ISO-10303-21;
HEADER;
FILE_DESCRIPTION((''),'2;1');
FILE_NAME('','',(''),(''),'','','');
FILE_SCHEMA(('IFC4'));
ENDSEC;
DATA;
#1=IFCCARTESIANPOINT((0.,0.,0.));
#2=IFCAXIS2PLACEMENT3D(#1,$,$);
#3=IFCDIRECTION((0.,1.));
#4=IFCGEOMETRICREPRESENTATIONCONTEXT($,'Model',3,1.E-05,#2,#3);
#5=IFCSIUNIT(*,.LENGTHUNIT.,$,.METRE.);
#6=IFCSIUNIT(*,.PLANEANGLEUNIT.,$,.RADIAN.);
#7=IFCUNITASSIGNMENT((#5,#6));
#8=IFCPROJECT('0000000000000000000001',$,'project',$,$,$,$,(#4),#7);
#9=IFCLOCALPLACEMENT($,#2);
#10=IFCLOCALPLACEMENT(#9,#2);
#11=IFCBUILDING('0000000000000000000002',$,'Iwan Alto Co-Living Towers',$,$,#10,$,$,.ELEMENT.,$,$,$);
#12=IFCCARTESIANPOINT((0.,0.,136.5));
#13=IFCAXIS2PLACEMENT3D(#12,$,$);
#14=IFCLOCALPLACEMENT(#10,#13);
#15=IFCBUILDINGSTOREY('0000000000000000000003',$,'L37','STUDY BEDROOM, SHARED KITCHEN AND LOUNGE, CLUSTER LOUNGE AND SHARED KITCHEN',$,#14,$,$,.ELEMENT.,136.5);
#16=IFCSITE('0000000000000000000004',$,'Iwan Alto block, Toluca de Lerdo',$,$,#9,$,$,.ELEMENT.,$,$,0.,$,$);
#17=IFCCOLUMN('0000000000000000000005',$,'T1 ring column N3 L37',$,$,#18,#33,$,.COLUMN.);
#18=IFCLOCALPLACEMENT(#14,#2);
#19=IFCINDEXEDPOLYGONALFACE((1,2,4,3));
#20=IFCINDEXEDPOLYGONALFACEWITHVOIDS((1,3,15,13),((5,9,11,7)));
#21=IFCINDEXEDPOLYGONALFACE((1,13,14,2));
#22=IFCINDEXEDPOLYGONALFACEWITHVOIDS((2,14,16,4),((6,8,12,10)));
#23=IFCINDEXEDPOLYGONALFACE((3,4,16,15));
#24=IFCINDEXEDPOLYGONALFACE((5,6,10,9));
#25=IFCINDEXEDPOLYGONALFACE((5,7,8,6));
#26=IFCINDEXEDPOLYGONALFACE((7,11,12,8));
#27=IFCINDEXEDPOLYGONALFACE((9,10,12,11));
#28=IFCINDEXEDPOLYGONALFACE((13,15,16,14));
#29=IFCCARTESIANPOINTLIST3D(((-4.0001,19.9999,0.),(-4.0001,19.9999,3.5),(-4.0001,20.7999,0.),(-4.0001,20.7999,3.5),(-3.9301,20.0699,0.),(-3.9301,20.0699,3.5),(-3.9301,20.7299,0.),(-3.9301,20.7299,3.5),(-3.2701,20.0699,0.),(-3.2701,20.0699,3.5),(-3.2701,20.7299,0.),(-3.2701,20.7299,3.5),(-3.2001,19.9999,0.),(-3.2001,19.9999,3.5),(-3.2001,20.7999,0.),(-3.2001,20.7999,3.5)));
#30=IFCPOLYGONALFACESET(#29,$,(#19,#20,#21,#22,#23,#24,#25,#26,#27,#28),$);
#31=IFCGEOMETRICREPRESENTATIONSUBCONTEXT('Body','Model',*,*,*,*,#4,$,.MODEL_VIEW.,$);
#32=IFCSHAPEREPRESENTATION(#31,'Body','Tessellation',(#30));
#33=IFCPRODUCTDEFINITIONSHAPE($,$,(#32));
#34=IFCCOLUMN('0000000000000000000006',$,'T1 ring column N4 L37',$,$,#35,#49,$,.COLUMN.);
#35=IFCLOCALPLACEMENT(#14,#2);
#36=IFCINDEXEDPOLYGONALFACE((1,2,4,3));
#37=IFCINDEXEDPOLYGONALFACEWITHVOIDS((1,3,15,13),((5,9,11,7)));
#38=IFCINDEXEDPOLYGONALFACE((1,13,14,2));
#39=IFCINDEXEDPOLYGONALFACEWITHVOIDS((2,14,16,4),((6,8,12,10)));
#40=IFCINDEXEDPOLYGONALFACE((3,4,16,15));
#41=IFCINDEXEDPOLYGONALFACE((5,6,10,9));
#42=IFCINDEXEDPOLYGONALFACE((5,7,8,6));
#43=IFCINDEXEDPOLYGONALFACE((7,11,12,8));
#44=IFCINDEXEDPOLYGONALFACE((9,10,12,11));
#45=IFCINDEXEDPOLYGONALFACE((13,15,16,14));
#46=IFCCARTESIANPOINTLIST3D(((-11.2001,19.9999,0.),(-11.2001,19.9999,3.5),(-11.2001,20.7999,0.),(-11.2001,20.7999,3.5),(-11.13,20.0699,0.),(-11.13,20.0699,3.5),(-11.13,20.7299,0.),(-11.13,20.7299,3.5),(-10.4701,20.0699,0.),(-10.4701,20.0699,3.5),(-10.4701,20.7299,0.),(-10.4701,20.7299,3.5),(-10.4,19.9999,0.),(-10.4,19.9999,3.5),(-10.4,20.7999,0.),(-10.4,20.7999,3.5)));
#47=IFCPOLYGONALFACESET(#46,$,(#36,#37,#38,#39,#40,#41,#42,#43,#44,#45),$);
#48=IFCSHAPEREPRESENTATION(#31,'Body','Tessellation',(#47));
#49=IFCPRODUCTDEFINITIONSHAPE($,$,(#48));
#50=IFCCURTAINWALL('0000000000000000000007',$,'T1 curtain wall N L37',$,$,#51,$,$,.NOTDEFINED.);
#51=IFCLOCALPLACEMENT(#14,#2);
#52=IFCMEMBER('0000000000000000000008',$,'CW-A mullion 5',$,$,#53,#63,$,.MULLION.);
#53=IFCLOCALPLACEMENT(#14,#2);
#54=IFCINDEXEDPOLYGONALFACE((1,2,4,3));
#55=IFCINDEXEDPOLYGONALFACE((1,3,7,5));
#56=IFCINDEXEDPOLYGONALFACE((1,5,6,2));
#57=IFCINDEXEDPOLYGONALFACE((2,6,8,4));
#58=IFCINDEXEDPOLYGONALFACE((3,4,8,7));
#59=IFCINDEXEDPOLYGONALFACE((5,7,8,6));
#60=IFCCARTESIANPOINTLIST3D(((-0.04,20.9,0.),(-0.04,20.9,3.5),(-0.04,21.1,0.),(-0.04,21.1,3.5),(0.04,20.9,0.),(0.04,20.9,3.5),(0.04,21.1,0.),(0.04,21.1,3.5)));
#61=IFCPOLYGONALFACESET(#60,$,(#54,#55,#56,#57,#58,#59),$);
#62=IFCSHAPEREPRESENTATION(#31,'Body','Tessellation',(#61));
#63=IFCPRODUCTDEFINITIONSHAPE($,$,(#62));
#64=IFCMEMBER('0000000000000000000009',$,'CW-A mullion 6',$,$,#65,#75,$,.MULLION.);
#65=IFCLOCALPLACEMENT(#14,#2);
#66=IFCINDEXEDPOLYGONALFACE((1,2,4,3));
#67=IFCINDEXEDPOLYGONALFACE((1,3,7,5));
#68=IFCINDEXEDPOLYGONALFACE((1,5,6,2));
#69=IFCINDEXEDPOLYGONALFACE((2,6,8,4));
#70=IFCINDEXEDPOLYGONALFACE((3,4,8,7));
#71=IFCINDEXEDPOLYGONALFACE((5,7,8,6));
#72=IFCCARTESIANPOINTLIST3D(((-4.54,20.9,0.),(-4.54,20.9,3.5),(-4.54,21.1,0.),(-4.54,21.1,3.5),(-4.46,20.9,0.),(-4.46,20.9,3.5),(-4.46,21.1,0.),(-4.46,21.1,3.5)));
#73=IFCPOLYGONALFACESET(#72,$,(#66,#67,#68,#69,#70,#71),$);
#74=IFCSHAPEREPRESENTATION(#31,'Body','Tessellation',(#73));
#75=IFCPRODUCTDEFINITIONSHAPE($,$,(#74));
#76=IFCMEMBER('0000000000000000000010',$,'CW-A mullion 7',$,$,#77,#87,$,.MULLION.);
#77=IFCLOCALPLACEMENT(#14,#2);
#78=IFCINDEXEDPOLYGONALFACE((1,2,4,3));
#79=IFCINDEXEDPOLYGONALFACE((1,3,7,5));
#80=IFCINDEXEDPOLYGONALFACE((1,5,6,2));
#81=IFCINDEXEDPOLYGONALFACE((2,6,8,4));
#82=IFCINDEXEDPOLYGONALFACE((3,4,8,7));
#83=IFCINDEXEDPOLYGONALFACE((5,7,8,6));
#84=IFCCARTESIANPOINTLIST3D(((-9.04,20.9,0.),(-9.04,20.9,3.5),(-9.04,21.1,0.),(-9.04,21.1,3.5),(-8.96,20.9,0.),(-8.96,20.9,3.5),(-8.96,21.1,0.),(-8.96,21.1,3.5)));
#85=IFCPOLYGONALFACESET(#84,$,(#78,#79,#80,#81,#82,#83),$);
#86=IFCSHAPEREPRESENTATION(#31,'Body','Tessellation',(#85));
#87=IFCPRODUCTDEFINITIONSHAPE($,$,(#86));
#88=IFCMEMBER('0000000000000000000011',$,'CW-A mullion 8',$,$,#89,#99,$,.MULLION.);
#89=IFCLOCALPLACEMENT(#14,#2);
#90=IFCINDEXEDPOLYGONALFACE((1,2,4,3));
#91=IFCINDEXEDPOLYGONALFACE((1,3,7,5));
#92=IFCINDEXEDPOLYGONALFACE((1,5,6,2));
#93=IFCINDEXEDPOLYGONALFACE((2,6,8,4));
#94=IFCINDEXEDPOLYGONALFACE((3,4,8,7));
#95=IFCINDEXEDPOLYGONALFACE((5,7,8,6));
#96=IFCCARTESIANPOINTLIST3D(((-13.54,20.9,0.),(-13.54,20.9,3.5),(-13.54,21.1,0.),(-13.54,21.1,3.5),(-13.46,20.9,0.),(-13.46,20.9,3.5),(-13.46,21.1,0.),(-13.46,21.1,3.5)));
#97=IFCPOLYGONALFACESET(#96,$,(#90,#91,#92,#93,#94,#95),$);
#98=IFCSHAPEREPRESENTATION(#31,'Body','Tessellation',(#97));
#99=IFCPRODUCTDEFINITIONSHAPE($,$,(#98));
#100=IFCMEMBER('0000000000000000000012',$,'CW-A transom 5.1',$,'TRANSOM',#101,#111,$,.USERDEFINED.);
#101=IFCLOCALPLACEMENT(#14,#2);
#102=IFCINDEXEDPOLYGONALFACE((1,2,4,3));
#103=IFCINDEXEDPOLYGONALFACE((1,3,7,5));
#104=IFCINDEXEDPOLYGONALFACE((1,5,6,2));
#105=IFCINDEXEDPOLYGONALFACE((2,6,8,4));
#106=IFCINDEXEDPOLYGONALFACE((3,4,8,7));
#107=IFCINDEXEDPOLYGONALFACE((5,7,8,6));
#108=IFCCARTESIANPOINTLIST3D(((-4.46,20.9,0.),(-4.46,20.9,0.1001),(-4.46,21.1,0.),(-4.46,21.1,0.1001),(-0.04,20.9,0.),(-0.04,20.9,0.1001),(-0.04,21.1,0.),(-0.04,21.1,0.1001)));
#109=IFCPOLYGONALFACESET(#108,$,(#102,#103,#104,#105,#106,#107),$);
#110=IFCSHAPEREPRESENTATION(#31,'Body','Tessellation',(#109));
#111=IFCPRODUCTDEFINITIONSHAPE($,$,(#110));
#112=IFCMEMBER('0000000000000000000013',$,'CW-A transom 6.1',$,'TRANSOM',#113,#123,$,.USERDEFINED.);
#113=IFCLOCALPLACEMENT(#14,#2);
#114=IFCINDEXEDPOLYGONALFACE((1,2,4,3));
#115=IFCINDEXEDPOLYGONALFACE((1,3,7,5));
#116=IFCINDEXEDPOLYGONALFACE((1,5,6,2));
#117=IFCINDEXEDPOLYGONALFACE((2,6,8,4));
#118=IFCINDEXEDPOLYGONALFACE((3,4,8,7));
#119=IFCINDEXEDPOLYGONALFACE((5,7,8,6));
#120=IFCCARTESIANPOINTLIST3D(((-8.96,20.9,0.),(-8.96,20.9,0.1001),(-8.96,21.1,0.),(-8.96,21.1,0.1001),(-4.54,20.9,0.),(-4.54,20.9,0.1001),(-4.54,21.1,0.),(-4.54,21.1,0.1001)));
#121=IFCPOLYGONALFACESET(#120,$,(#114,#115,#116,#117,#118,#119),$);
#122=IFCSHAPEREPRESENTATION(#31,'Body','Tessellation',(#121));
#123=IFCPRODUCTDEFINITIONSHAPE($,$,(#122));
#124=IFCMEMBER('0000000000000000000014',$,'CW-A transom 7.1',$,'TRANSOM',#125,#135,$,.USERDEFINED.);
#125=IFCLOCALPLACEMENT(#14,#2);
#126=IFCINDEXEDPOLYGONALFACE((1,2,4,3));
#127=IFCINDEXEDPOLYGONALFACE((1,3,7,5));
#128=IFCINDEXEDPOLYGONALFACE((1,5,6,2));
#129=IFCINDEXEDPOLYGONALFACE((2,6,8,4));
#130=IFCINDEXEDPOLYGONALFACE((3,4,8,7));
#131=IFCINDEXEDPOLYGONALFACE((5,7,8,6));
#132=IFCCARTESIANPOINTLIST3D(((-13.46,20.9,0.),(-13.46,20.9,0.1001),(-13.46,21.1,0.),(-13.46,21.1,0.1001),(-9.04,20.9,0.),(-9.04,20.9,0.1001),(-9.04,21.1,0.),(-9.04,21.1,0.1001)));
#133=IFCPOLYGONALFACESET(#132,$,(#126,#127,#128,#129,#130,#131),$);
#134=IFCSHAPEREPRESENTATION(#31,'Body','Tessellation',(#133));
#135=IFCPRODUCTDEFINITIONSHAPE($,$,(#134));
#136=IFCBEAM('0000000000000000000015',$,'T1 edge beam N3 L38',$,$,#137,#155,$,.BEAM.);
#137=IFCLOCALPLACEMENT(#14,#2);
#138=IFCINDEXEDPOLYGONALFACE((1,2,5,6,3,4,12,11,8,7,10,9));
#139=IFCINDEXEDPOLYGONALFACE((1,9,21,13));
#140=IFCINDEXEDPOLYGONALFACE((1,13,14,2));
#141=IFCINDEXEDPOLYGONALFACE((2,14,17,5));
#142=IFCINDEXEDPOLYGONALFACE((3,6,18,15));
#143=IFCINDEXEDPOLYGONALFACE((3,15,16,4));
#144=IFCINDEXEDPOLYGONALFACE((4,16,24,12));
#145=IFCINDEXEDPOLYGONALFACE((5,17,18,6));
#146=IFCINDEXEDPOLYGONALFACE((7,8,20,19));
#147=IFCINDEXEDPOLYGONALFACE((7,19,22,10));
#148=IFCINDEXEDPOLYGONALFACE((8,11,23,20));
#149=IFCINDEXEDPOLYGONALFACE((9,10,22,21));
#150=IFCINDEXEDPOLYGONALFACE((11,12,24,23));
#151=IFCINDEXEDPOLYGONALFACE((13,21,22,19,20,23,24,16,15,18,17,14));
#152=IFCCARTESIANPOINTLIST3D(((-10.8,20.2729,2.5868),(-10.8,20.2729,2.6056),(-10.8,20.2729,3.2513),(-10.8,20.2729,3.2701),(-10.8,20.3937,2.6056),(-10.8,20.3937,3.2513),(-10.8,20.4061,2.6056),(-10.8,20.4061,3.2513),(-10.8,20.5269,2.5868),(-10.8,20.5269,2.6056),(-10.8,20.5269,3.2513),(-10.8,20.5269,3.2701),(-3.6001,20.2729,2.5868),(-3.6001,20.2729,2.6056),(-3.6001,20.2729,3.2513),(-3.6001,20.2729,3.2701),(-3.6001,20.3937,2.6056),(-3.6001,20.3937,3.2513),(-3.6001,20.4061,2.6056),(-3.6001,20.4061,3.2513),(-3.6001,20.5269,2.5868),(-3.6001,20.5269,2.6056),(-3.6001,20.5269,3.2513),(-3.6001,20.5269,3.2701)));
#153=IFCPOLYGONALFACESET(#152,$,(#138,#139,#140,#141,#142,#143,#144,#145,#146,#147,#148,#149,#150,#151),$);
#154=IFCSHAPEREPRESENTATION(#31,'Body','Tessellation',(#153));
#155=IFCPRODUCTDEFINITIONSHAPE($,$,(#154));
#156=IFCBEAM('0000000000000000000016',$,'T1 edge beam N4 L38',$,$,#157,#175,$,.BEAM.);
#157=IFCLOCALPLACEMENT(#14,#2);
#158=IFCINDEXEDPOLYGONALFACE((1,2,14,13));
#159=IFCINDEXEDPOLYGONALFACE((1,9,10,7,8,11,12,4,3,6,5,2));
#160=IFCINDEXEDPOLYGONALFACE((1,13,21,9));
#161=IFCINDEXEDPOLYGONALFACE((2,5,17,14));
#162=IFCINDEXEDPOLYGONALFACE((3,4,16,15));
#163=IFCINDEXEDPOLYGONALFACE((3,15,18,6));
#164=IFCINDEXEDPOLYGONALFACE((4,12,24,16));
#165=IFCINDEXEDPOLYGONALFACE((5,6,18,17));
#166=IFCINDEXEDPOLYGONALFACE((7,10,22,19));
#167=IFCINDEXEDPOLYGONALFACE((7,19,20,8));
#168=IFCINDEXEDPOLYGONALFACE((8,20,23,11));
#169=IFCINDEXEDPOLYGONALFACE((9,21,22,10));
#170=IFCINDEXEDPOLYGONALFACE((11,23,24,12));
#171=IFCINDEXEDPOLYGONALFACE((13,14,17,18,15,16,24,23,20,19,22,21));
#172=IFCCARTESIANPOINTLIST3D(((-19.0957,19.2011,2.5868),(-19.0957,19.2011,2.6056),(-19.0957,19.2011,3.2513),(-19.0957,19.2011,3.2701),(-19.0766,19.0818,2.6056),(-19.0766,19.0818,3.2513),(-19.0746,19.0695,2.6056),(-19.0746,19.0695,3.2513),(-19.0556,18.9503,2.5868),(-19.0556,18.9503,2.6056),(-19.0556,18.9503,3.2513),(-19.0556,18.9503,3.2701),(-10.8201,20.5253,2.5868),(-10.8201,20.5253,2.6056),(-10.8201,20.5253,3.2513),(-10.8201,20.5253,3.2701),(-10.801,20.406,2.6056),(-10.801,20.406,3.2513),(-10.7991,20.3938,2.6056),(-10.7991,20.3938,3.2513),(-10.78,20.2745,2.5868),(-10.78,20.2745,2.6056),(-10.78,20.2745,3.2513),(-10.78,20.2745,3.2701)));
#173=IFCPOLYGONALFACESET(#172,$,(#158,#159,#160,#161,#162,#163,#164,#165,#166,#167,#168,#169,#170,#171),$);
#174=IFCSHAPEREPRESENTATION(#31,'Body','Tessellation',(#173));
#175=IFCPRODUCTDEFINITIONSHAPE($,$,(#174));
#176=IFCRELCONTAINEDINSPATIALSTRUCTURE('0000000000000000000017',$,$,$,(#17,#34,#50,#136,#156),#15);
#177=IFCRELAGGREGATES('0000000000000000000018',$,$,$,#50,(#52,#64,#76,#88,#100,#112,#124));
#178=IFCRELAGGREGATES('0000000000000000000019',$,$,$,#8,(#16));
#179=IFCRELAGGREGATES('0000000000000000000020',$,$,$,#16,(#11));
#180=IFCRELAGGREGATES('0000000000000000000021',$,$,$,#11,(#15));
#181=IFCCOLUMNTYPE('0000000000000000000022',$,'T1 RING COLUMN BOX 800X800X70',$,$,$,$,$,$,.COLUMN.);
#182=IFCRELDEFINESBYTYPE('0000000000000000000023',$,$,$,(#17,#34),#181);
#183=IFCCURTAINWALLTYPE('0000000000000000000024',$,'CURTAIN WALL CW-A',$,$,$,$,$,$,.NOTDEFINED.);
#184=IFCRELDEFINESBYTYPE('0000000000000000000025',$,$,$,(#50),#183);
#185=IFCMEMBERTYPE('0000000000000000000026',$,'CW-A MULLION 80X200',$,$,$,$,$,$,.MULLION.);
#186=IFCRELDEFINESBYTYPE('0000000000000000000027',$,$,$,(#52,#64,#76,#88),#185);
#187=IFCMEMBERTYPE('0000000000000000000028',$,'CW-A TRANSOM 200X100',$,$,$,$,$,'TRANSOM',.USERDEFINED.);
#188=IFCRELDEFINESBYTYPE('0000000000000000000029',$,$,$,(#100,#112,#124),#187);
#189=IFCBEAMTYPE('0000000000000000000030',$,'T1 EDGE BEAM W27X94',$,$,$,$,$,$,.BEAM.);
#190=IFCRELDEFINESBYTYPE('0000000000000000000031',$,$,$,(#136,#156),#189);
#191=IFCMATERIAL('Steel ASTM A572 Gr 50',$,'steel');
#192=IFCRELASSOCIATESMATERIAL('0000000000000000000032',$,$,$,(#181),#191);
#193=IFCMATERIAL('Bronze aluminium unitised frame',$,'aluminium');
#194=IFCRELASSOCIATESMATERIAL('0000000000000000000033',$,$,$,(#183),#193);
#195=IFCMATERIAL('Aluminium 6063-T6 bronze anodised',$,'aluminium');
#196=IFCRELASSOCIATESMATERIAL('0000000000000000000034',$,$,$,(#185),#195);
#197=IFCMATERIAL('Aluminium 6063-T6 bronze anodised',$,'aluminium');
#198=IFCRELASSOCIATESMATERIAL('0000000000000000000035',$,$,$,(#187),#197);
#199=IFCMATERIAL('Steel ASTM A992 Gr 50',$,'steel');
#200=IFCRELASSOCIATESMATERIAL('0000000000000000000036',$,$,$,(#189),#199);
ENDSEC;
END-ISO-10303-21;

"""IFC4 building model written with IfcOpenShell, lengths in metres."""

from ifc_helpers import new_model, si_unit, direction, frame, origin, origin_2d, place, context, subcontext, project, spatial, rectangle, hollow_rectangle, i_section, extrude, material, material_profile, profile_set, type_object, element, aggregate, save


model = new_model("IFC4")

# Units and contexts
model_context = context("Model", 3, precision=1e-05, world=origin(), true_north=direction((0.0, 1.0)))
body_context = subcontext(model_context, "Body", "Model", "MODEL_VIEW")
ifc_project = project(units=[si_unit("LENGTHUNIT", "METRE"), si_unit("PLANEANGLEUNIT", "RADIAN")], contexts=[model_context])

# Site, building, storey
site_placement = place(None, origin())
site = spatial("IfcSite", under=ifc_project, at=site_placement, Name="Iwan Alto block, Toluca de Lerdo", CompositionType="ELEMENT", RefElevation=0.0)
building_placement = place(site_placement, origin())
building = spatial("IfcBuilding", under=site, at=building_placement, Name="Iwan Alto Co-Living Towers", CompositionType="ELEMENT")
storey_placement = place(building_placement, frame((0.0, 0.0, 136.5)))
storey = spatial("IfcBuildingStorey", under=building, at=storey_placement, Name="L37", Description="STUDY BEDROOM, SHARED KITCHEN AND LOUNGE, CLUSTER LOUNGE AND SHARED KITCHEN", CompositionType="ELEMENT", Elevation=136.5)

# Columns
ifc_material_1 = material(Name="Steel ASTM A572 Gr 50", Category="steel")
ifc_material_profile_1 = material_profile(ifc_material_1, hollow_rectangle(XDim=0.8, YDim=0.8, WallThickness=0.0701, at=origin_2d()), Name="BOX 800X800X70")
ifc_profile_set_1 = profile_set([ifc_material_profile_1], Name="Steel ASTM A572 Gr 50")
column_type = type_object("IfcColumnType", Name="T1 RING COLUMN BOX 800X800X70", PredefinedType="COLUMN", material=ifc_profile_set_1)
for number, where, z_axis, x_axis, name in (
    (1, (-3.6001, 20.3999, 0.0), (0.0, 0.0, 1.0), (1.0, 0.0, 0.0), "T1 ring column N3 L37"),
    (2, (-10.8, 20.3999, 0.0), (0.0, 0.0, 1.0), (1.0, 0.0, 0.0), "T1 ring column N4 L37"),
):
    element("IfcColumn", number, at=place(storey_placement, frame(where, z_axis=z_axis, x_axis=x_axis)), inside=storey, type_object=column_type, Name=name, PredefinedType="COLUMN", context=body_context, shape_type="SweptSolid", body=[
        extrude(hollow_rectangle(XDim=0.8, YDim=0.8, WallThickness=0.0701, at=origin_2d()), origin(), (0.0, 0.0, 1.0), 3.5),
    ])

# Curtain wall, members
ifc_material_2 = material(Name="Bronze aluminium unitised frame", Category="aluminium")
curtain_wall_type = type_object("IfcCurtainWallType", Name="CURTAIN WALL CW-A", PredefinedType="NOTDEFINED", material=ifc_material_2)
curtain_wall_placement = place(storey_placement, origin())
curtain_wall = element("IfcCurtainWall", 3, at=curtain_wall_placement, inside=storey, type_object=curtain_wall_type, Name="T1 curtain wall N L37", PredefinedType="NOTDEFINED")
ifc_material_3 = material(Name="Aluminium 6063-T6 bronze anodised", Category="aluminium")
ifc_material_profile_2 = material_profile(ifc_material_3, rectangle(XDim=0.2, YDim=0.0801, at=origin_2d()), Name="AL 80X200")
ifc_profile_set_2 = profile_set([ifc_material_profile_2], Name="Aluminium 6063-T6 bronze anodised")
member_type_1 = type_object("IfcMemberType", Name="CW-A MULLION 80X200", PredefinedType="MULLION", material=ifc_profile_set_2)
member_1_placement = place(storey_placement, frame((0.0, 21.0, 0.0), z_axis=(0.0, 0.0, 1.0), x_axis=(0.0, -1.0, 0.0)))
member_1 = element("IfcMember", 4, at=member_1_placement, type_object=member_type_1, Name="CW-A mullion 5", PredefinedType="MULLION", context=body_context, shape_type="SweptSolid", body=[
    extrude(rectangle(XDim=0.2, YDim=0.0801, at=origin_2d()), origin(), (0.0, 0.0, 1.0), 3.5),
])
member_2_placement = place(storey_placement, frame((-4.5, 21.0, 0.0), z_axis=(0.0, 0.0, 1.0), x_axis=(0.0, -1.0, 0.0)))
member_2 = element("IfcMember", 5, at=member_2_placement, type_object=member_type_1, Name="CW-A mullion 6", PredefinedType="MULLION", context=body_context, shape_type="SweptSolid", body=[
    extrude(rectangle(XDim=0.2, YDim=0.0801, at=origin_2d()), origin(), (0.0, 0.0, 1.0), 3.5),
])
member_3_placement = place(storey_placement, frame((-9.0, 21.0, 0.0), z_axis=(0.0, 0.0, 1.0), x_axis=(0.0, -1.0, 0.0)))
member_3 = element("IfcMember", 6, at=member_3_placement, type_object=member_type_1, Name="CW-A mullion 7", PredefinedType="MULLION", context=body_context, shape_type="SweptSolid", body=[
    extrude(rectangle(XDim=0.2, YDim=0.0801, at=origin_2d()), origin(), (0.0, 0.0, 1.0), 3.5),
])
member_4_placement = place(storey_placement, frame((-13.5, 21.0, 0.0), z_axis=(0.0, 0.0, 1.0), x_axis=(0.0, -1.0, 0.0)))
member_4 = element("IfcMember", 7, at=member_4_placement, type_object=member_type_1, Name="CW-A mullion 8", PredefinedType="MULLION", context=body_context, shape_type="SweptSolid", body=[
    extrude(rectangle(XDim=0.2, YDim=0.0801, at=origin_2d()), origin(), (0.0, 0.0, 1.0), 3.5),
])
ifc_material_4 = material(Name="Aluminium 6063-T6 bronze anodised", Category="aluminium")
ifc_material_profile_3 = material_profile(ifc_material_4, rectangle(XDim=0.2, YDim=0.1001, at=origin_2d()), Name="AL 200X100")
ifc_profile_set_3 = profile_set([ifc_material_profile_3], Name="Aluminium 6063-T6 bronze anodised")
member_type_2 = type_object("IfcMemberType", Name="CW-A TRANSOM 200X100", ElementType="TRANSOM", PredefinedType="USERDEFINED", material=ifc_profile_set_3)
member_5_placement = place(storey_placement, frame((-0.04, 21.0, 0.05), z_axis=(-1.0, 0.0, 0.0), x_axis=(0.0, -1.0, 0.0)))
member_5 = element("IfcMember", 8, at=member_5_placement, type_object=member_type_2, Name="CW-A transom 5.1", ObjectType="TRANSOM", PredefinedType="USERDEFINED", context=body_context, shape_type="SweptSolid", body=[
    extrude(rectangle(XDim=0.2, YDim=0.1001, at=origin_2d()), origin(), (0.0, 0.0, 1.0), 4.4199),
])
member_6_placement = place(storey_placement, frame((-4.54, 21.0, 0.05), z_axis=(-1.0, 0.0, 0.0), x_axis=(0.0, -1.0, 0.0)))
member_6 = element("IfcMember", 9, at=member_6_placement, type_object=member_type_2, Name="CW-A transom 6.1", ObjectType="TRANSOM", PredefinedType="USERDEFINED", context=body_context, shape_type="SweptSolid", body=[
    extrude(rectangle(XDim=0.2, YDim=0.1001, at=origin_2d()), origin(), (0.0, 0.0, 1.0), 4.4199),
])
member_7_placement = place(storey_placement, frame((-9.04, 21.0, 0.05), z_axis=(-1.0, 0.0, 0.0), x_axis=(0.0, -1.0, 0.0)))
member_7 = element("IfcMember", 10, at=member_7_placement, type_object=member_type_2, Name="CW-A transom 7.1", ObjectType="TRANSOM", PredefinedType="USERDEFINED", context=body_context, shape_type="SweptSolid", body=[
    extrude(rectangle(XDim=0.2, YDim=0.1001, at=origin_2d()), origin(), (0.0, 0.0, 1.0), 4.4199),
])

# Beams
ifc_material_5 = material(Name="Steel ASTM A992 Gr 50", Category="steel")
ifc_material_profile_4 = material_profile(ifc_material_5, i_section(OverallWidth=0.2539, OverallDepth=0.6833, WebThickness=0.0125, FlangeThickness=0.0188, at=origin_2d()), Name="W27X94")
ifc_profile_set_4 = profile_set([ifc_material_profile_4], Name="Steel ASTM A992 Gr 50")
beam_type_1 = type_object("IfcBeamType", Name="T1 EDGE BEAM W27X94", PredefinedType="BEAM", material=ifc_profile_set_4)
beam_1_placement = place(storey_placement, frame((-3.6001, 20.3999, 2.9285), z_axis=(-1.0, 0.0, 0.0), x_axis=(0.0, -1.0, 0.0)))
element("IfcBeam", 11, at=beam_1_placement, inside=storey, type_object=beam_type_1, Name="T1 edge beam N3 L38", PredefinedType="BEAM", context=body_context, shape_type="SweptSolid", body=[
    extrude(i_section(OverallWidth=0.2539, OverallDepth=0.6833, WebThickness=0.0125, FlangeThickness=0.0188, at=origin_2d()), origin(), (0.0, 0.0, 1.0), 7.2),
])
beam_2_placement = place(storey_placement, frame((-10.8, 20.3999, 2.9285), z_axis=(-0.987438, -0.158004, 0.0), x_axis=(0.158004, -0.987438, 0.0)))
element("IfcBeam", 12, at=beam_2_placement, inside=storey, type_object=beam_type_1, Name="T1 edge beam N4 L38", PredefinedType="BEAM", context=body_context, shape_type="SweptSolid", body=[
    extrude(i_section(OverallWidth=0.2539, OverallDepth=0.6833, WebThickness=0.0125, FlangeThickness=0.0188, at=origin_2d()), origin(), (0.0, 0.0, 1.0), 8.3809),
])

aggregate(curtain_wall, [member_1, member_2, member_3, member_4, member_5, member_6, member_7])

save(model, "model.ifc")
